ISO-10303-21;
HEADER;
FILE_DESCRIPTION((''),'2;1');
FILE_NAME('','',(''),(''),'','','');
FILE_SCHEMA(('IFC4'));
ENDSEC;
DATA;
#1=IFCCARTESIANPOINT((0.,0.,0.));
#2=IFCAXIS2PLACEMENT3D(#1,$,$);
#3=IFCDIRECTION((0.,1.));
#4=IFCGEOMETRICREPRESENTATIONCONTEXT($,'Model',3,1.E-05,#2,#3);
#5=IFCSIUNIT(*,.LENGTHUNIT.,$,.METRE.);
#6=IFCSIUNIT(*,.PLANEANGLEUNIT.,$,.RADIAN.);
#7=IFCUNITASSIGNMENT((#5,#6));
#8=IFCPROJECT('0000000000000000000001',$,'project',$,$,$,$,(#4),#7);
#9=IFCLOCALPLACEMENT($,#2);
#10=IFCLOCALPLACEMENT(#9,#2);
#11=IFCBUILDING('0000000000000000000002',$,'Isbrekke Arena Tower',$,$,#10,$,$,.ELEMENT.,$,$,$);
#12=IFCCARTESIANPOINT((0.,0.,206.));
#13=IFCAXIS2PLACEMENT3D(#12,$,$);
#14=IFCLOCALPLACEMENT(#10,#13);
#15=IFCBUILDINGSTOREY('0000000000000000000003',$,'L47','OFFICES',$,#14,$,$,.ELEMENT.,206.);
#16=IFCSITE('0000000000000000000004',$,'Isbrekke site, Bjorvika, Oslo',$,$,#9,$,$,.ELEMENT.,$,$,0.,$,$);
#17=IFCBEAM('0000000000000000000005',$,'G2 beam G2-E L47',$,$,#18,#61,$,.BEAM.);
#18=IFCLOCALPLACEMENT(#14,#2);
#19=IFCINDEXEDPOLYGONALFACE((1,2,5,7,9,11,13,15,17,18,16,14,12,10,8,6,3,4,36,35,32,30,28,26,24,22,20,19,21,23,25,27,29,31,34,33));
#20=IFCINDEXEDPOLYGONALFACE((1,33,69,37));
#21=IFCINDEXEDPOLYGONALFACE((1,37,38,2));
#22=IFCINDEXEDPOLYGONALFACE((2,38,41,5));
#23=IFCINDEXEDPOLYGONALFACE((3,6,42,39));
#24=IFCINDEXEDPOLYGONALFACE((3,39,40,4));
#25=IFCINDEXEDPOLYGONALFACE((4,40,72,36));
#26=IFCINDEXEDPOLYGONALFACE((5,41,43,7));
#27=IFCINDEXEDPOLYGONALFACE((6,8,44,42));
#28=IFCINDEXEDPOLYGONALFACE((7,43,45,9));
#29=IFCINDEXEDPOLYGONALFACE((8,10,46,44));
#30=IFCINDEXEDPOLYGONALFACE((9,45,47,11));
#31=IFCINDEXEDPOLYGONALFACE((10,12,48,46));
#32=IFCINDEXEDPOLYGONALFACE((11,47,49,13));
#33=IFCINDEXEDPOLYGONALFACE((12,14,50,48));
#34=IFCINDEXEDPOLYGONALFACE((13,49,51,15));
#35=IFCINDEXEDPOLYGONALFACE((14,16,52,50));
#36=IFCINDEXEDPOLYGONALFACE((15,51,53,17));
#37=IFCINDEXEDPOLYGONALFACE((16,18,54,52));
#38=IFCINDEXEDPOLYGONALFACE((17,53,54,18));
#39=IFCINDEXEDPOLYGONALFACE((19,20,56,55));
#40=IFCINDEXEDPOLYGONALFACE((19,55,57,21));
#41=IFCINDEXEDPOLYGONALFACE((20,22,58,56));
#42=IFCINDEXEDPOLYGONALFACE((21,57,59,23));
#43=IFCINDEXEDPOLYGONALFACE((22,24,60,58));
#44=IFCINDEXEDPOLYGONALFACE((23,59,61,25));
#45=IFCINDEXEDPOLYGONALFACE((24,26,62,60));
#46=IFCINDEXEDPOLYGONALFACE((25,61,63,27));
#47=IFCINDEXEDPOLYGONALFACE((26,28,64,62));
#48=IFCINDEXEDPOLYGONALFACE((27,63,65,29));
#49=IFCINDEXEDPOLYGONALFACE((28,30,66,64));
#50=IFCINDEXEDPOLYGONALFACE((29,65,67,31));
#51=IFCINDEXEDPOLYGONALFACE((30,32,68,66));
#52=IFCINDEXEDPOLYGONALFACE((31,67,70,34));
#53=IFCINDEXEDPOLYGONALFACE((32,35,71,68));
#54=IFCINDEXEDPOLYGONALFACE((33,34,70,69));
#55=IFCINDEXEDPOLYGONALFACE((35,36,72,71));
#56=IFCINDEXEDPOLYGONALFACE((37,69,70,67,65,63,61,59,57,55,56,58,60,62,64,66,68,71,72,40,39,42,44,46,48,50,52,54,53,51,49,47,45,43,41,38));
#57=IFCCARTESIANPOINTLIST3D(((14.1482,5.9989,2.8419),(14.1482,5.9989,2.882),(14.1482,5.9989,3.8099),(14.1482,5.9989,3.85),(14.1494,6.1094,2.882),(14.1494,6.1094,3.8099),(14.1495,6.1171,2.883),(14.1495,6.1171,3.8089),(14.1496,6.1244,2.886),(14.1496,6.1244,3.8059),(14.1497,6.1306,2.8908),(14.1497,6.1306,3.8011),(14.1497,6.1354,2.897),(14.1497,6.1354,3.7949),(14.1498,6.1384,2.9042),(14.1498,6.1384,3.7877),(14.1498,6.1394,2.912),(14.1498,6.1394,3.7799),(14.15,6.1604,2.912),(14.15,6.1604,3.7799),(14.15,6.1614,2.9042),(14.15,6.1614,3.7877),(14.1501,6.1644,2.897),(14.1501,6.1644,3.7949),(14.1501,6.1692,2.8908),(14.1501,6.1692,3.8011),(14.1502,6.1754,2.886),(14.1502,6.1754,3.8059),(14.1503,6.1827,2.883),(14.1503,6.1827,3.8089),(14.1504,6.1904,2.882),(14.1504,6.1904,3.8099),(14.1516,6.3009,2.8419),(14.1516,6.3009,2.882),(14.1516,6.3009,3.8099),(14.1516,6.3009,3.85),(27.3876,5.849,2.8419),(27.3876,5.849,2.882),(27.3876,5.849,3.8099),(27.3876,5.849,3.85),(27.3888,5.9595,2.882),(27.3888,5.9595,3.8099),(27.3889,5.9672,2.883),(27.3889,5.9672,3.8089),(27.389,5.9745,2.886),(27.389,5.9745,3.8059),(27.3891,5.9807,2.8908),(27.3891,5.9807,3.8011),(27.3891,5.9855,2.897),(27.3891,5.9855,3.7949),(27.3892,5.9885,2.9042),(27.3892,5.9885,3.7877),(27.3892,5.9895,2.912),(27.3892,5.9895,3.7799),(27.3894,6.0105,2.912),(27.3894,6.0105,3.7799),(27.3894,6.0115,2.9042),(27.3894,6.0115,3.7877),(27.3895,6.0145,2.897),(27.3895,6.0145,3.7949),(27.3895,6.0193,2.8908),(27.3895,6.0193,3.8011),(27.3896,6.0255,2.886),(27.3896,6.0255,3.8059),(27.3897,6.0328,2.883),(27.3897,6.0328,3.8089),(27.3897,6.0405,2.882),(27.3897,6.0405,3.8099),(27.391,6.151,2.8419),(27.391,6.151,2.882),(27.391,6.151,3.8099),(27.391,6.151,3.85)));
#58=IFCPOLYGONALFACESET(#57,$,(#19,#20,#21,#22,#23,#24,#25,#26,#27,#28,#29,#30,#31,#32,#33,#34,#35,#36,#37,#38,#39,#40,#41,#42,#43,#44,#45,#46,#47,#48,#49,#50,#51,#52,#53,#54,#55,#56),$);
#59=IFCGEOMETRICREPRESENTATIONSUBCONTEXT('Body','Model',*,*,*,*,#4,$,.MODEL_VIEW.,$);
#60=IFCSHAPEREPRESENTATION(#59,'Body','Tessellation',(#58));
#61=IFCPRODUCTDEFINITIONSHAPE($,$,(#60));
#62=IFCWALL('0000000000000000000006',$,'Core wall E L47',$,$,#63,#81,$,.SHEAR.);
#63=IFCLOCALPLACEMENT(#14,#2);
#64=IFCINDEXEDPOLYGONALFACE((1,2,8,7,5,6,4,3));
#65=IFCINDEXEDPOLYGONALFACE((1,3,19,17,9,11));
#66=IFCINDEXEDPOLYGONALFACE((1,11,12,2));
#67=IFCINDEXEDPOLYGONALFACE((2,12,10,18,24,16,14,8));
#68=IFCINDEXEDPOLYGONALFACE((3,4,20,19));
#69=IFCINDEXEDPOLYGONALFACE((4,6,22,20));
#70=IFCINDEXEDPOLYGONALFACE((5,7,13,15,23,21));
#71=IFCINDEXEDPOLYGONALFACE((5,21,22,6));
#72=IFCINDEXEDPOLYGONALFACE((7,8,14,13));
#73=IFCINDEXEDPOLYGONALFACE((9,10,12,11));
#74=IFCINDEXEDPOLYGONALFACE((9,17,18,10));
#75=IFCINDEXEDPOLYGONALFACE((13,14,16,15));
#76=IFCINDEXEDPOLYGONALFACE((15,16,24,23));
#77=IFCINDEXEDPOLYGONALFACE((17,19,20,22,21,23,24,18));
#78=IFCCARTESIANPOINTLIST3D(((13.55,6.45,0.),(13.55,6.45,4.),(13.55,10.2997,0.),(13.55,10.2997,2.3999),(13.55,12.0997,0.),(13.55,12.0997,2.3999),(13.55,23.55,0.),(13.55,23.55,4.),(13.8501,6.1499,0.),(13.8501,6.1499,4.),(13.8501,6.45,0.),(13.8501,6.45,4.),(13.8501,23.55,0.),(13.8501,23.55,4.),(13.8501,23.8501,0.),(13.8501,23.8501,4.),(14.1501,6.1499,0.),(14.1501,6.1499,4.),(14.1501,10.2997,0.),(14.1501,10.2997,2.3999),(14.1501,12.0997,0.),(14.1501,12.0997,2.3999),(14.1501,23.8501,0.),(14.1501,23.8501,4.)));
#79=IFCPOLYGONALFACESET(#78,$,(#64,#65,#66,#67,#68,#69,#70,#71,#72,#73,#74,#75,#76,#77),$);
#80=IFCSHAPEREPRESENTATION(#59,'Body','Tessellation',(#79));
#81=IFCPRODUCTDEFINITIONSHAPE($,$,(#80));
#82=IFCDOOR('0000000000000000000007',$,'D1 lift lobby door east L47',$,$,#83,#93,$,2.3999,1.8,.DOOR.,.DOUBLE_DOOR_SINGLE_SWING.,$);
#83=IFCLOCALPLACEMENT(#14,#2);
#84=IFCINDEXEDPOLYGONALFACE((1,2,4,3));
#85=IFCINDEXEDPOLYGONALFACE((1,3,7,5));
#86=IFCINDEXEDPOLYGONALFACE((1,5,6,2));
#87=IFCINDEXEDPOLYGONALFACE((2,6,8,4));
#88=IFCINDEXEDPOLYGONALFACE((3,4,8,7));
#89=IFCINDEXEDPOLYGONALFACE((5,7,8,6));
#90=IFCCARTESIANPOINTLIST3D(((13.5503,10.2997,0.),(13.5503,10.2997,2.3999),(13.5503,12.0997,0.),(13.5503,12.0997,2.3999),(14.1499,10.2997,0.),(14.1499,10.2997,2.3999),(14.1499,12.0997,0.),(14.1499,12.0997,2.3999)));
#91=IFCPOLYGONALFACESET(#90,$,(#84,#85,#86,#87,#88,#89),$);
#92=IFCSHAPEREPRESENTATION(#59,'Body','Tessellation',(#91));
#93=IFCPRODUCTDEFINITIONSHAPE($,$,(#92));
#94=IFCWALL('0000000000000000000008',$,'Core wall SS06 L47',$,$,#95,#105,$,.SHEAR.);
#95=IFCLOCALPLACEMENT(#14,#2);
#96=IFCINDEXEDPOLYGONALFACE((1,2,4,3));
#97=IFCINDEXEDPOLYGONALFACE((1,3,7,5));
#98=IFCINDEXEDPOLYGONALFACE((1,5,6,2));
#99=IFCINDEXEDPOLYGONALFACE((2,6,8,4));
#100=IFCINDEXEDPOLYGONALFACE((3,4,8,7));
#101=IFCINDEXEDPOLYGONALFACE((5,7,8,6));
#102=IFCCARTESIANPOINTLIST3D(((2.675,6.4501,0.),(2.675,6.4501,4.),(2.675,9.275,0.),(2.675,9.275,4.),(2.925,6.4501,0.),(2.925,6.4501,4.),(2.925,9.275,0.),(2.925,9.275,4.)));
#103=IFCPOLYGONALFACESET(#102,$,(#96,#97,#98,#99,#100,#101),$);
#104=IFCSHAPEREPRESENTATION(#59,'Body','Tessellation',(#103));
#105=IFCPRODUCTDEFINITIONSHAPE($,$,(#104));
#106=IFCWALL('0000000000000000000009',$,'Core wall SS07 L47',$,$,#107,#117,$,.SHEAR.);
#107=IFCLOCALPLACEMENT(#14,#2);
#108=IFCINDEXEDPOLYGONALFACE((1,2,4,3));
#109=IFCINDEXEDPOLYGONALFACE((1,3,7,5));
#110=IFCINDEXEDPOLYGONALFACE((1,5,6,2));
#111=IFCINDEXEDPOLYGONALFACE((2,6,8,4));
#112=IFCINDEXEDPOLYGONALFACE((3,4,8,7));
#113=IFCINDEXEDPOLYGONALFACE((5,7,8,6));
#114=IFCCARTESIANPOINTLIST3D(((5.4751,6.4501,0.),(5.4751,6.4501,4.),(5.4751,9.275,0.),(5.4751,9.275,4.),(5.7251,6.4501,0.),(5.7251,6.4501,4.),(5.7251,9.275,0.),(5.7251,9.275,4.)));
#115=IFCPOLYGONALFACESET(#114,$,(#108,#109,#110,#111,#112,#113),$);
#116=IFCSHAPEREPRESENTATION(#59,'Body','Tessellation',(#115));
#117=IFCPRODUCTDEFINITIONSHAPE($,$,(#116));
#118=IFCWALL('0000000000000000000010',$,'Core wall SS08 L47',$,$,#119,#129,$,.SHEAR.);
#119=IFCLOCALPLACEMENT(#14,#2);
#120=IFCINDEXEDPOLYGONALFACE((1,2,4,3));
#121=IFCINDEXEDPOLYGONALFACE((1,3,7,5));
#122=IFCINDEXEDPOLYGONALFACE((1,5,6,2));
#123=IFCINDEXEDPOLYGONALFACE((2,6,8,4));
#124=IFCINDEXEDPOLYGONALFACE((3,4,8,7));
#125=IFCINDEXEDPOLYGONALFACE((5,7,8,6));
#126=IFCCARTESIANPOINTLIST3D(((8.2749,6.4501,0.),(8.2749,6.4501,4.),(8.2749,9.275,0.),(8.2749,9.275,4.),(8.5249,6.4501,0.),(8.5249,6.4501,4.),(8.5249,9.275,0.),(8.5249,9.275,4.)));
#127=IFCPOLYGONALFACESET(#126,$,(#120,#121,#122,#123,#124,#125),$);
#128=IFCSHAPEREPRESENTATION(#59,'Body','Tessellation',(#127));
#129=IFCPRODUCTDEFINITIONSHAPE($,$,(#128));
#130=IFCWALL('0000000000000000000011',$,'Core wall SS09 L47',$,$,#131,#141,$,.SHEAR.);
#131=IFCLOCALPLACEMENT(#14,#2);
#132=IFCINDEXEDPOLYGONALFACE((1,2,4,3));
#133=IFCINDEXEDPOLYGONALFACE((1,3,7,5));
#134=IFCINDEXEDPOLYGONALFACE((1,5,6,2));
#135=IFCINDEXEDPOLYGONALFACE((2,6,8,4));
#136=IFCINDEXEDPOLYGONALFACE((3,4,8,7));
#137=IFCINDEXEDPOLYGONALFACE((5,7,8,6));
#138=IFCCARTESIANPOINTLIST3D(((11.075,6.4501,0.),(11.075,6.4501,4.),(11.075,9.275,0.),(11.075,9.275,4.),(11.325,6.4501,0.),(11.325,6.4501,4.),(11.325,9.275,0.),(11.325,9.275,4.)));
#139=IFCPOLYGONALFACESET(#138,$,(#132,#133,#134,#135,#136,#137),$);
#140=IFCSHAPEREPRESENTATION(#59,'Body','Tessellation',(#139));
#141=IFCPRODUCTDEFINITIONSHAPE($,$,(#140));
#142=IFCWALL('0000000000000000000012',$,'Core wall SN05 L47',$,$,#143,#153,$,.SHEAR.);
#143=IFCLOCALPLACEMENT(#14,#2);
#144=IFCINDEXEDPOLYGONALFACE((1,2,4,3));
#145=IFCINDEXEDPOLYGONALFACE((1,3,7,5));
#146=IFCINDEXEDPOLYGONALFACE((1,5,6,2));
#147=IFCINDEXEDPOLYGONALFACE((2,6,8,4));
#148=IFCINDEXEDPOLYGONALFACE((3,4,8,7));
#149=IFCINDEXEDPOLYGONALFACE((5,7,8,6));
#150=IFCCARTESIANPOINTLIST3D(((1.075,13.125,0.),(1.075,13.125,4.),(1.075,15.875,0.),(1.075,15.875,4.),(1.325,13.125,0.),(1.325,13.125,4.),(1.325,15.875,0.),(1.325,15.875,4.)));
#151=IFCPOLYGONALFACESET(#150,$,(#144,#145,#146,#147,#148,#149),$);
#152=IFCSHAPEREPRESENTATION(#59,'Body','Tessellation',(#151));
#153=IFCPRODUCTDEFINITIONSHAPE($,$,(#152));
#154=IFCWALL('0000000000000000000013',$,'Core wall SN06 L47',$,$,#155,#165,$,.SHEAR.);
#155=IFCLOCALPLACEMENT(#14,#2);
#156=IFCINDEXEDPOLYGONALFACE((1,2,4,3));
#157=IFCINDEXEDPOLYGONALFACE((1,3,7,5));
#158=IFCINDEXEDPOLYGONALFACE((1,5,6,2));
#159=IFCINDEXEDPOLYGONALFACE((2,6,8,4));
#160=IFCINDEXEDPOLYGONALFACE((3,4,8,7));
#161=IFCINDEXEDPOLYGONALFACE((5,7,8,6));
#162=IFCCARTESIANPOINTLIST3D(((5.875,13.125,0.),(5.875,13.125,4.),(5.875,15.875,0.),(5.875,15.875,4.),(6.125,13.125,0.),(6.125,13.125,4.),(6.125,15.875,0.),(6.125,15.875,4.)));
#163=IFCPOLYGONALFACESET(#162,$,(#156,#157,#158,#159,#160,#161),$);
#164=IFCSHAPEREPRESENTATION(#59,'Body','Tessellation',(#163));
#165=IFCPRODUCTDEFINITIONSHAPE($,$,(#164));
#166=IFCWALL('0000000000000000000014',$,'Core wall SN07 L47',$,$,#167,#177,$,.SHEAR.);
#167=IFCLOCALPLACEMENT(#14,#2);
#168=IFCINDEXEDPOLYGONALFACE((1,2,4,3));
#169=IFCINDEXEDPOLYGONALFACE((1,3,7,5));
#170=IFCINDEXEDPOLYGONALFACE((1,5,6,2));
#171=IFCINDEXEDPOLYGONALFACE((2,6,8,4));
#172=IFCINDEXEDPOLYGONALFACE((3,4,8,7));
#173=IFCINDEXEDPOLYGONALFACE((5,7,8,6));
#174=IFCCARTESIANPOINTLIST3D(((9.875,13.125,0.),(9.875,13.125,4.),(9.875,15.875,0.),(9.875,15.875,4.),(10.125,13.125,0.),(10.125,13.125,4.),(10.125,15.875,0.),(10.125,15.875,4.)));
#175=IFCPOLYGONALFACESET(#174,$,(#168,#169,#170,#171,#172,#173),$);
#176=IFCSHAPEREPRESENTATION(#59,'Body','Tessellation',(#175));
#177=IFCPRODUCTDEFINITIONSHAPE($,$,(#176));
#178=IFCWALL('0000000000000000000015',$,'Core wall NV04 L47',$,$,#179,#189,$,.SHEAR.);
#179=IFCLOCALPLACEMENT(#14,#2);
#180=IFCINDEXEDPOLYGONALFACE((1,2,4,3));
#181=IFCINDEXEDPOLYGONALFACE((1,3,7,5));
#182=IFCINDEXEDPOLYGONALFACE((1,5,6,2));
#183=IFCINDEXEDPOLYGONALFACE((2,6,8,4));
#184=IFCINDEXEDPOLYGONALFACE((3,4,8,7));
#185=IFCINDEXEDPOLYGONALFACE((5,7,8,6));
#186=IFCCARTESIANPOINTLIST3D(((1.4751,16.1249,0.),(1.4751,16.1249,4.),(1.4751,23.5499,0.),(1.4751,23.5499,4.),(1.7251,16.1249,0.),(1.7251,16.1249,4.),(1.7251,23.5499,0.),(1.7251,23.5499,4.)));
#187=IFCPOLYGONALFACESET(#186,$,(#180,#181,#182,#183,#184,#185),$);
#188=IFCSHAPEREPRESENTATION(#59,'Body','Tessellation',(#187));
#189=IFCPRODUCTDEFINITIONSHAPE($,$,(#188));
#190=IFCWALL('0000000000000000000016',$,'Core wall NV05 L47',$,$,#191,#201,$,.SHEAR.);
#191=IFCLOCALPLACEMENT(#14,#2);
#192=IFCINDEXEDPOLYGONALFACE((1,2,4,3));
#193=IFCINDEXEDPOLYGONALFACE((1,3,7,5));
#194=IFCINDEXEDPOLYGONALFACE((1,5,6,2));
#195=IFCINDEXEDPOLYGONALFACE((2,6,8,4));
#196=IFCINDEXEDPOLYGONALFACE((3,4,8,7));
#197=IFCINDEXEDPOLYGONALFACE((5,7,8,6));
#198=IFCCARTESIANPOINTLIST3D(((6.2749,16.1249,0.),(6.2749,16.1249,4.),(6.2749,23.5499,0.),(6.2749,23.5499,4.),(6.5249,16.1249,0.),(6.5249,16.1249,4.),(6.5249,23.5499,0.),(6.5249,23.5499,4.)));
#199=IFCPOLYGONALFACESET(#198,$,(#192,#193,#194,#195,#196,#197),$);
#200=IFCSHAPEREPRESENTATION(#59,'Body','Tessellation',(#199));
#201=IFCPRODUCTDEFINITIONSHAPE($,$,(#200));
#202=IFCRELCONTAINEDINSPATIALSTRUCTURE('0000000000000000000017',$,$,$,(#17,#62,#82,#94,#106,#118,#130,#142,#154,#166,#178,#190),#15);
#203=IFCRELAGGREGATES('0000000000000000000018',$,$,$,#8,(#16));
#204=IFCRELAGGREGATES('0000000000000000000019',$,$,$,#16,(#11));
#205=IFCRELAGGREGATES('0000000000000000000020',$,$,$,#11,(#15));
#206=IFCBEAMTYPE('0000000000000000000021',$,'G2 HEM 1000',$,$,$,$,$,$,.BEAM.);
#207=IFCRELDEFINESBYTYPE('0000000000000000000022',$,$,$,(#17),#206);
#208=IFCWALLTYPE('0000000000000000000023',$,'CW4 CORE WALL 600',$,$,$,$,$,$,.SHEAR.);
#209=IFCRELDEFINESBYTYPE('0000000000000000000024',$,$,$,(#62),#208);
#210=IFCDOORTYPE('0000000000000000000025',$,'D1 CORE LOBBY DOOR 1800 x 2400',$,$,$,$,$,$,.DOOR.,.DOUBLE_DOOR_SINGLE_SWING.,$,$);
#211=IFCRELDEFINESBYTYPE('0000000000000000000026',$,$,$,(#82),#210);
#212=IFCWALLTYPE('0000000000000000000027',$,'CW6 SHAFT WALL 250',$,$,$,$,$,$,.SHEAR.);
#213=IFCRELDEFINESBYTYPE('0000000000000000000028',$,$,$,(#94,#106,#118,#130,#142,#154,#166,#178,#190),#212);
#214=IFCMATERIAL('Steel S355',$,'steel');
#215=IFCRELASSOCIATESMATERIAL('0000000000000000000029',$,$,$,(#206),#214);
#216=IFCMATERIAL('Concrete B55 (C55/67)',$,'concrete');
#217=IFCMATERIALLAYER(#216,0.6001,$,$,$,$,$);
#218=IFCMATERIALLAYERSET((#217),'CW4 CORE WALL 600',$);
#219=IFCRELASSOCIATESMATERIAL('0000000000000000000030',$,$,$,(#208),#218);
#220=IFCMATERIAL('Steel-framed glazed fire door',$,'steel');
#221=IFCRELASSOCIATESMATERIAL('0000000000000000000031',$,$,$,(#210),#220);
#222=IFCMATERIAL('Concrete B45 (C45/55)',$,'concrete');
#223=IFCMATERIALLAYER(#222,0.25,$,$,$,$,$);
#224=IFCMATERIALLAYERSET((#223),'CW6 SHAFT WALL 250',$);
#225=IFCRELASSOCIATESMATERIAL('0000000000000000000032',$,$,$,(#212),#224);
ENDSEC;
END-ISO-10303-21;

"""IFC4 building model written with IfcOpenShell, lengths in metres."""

from ifc_helpers import new_model, si_unit, direction, frame, frame_2d, origin, origin_2d, place, context, subcontext, project, spatial, polyline, rectangle, i_section, outline, extrude, material, layer, layer_set, material_profile, profile_set, type_object, element, fill, save


model = new_model("IFC4")

# Units and contexts
model_context = context("Model", 3, precision=1e-05, world=origin(), true_north=direction((0.0, 1.0)))
body_context = subcontext(model_context, "Body", "Model", "MODEL_VIEW")
ifc_project = project(units=[si_unit("LENGTHUNIT", "METRE"), si_unit("PLANEANGLEUNIT", "RADIAN")], contexts=[model_context])

# Site, building, storey
site_placement = place(None, origin())
site = spatial("IfcSite", under=ifc_project, at=site_placement, Name="Isbrekke site, Bjorvika, Oslo", CompositionType="ELEMENT", RefElevation=0.0)
building_placement = place(site_placement, origin())
building = spatial("IfcBuilding", under=site, at=building_placement, Name="Isbrekke Arena Tower", CompositionType="ELEMENT")
storey_placement = place(building_placement, frame((0.0, 0.0, 206.0)))
storey = spatial("IfcBuildingStorey", under=building, at=storey_placement, Name="L47", Description="OFFICES", CompositionType="ELEMENT", Elevation=206.0)

# Beam
ifc_material_1 = material(Name="Steel S355", Category="steel")
ifc_material_profile = material_profile(ifc_material_1, i_section(OverallWidth=0.302, OverallDepth=1.0081, WebThickness=0.021, FlangeThickness=0.04, FilletRadius=0.03, at=origin_2d()), Name="HEM 1000")
ifc_profile_set = profile_set([ifc_material_profile], Name="Steel S355")
beam_type = type_object("IfcBeamType", Name="G2 HEM 1000", PredefinedType="BEAM", material=ifc_profile_set)
beam_placement = place(storey_placement, frame((14.1499, 6.1499, 3.3459), z_axis=(0.999936, -0.011322, 0.0), x_axis=(0.011322, 0.999936, 0.0)))
element("IfcBeam", 1, at=beam_placement, inside=storey, type_object=beam_type, Name="G2 beam G2-E L47", PredefinedType="BEAM", context=body_context, shape_type="SweptSolid", body=[
    extrude(i_section(OverallWidth=0.302, OverallDepth=1.0081, WebThickness=0.021, FlangeThickness=0.04, FilletRadius=0.03, at=origin_2d()), origin(), (0.0, 0.0, 1.0), 13.2402),
])

# Wall, opening, door
ifc_material_2 = material(Name="Concrete B55 (C55/67)", Category="concrete")
ifc_layer_1 = layer(ifc_material_2, 0.6001)
ifc_layer_set_1 = layer_set([ifc_layer_1], Name="CW4 CORE WALL 600")
wall_type_1 = type_object("IfcWallType", Name="CW4 CORE WALL 600", PredefinedType="SHEAR", material=ifc_layer_set_1)
wall_1_placement = place(storey_placement, frame((13.8501, 6.1499, 0.0), z_axis=(0.0, 0.0, 1.0), x_axis=(0.0, 1.0, 0.0)))
wall_1 = element("IfcWall", 2, at=wall_1_placement, inside=storey, type_object=wall_type_1, Name="Core wall E L47", PredefinedType="SHEAR", context=body_context, shape_type="SweptSolid", body=[
    extrude(outline(polyline([(0.0, -0.3), (17.7002, -0.3), (17.7002, 0.0), (17.4001, 0.0), (17.4001, 0.3), (0.3, 0.3), (0.3, 0.0), (0.0, 0.0), (0.0, -0.3)])), origin(), (0.0, 0.0, 1.0), 4.0),
])
opening_1_placement = place(wall_1_placement, frame((4.1499, 0.0, 0.0)))
opening_1 = element("IfcOpeningElement", 3, at=opening_1_placement, cuts=wall_1, PredefinedType="OPENING", context=body_context, shape_type="SweptSolid", body=[
    extrude(rectangle(XDim=1.8, YDim=2.3999, at=frame_2d((0.8999, 1.2))), frame((0.0, 0.3149, 0.0), z_axis=(0.0, -1.0, 0.0), x_axis=(1.0, 0.0, 0.0)), (0.0, 0.0, 1.0), 0.6299),
])
ifc_material_3 = material(Name="Steel-framed glazed fire door", Category="steel")
door_type_1 = type_object("IfcDoorType", Name="D1 CORE LOBBY DOOR 1800 x 2400", OperationType="DOUBLE_DOOR_SINGLE_SWING", PredefinedType="DOOR", material=ifc_material_3)
door_1_placement = place(opening_1_placement, origin())
door_1 = element("IfcDoor", 4, at=door_1_placement, inside=storey, type_object=door_type_1, Name="D1 lift lobby door east L47", OperationType="DOUBLE_DOOR_SINGLE_SWING", OverallHeight=2.3999, OverallWidth=1.8, PredefinedType="DOOR", context=body_context, shape_type="SweptSolid", body=[
    extrude(rectangle(XDim=1.8, YDim=2.3999, at=frame_2d((0.8999, 1.2))), frame((0.0, 0.2998, 0.0), z_axis=(0.0, -1.0, 0.0), x_axis=(1.0, 0.0, 0.0)), (0.0, 0.0, 1.0), 0.5996),
])
fill(opening_1, door_1)

# Walls
ifc_material_4 = material(Name="Concrete B45 (C45/55)", Category="concrete")
ifc_layer_2 = layer(ifc_material_4, 0.25)
ifc_layer_set_2 = layer_set([ifc_layer_2], Name="CW6 SHAFT WALL 250")
wall_type_2 = type_object("IfcWallType", Name="CW6 SHAFT WALL 250", PredefinedType="SHEAR", material=ifc_layer_set_2)
for number, where, z_axis, x_axis, name in (
    (5, (2.8, 6.45, 0.0), (0.0, 0.0, 1.0), (0.0, 1.0, 0.0), "Core wall SS06 L47"),
    (6, (5.6001, 6.45, 0.0), (0.0, 0.0, 1.0), (0.0, 1.0, 0.0), "Core wall SS07 L47"),
    (7, (8.3999, 6.45, 0.0), (0.0, 0.0, 1.0), (0.0, 1.0, 0.0), "Core wall SS08 L47"),
    (8, (11.2, 6.45, 0.0), (0.0, 0.0, 1.0), (0.0, 1.0, 0.0), "Core wall SS09 L47"),
):
    element("IfcWall", number, at=place(storey_placement, frame(where, z_axis=z_axis, x_axis=x_axis)), inside=storey, type_object=wall_type_2, Name=name, PredefinedType="SHEAR", context=body_context, shape_type="SweptSolid", body=[
        extrude(rectangle(XDim=2.825, YDim=0.25, at=frame_2d((1.4126, 0.0))), origin(), (0.0, 0.0, 1.0), 4.0),
    ])
for number, where, z_axis, x_axis, name in (
    (9, (1.2, 13.125, 0.0), (0.0, 0.0, 1.0), (0.0, 1.0, 0.0), "Core wall SN05 L47"),
    (10, (6.0, 13.125, 0.0), (0.0, 0.0, 1.0), (0.0, 1.0, 0.0), "Core wall SN06 L47"),
    (11, (10.0, 13.125, 0.0), (0.0, 0.0, 1.0), (0.0, 1.0, 0.0), "Core wall SN07 L47"),
):
    element("IfcWall", number, at=place(storey_placement, frame(where, z_axis=z_axis, x_axis=x_axis)), inside=storey, type_object=wall_type_2, Name=name, PredefinedType="SHEAR", context=body_context, shape_type="SweptSolid", body=[
        extrude(rectangle(XDim=2.75, YDim=0.25, at=frame_2d((1.375, 0.0))), origin(), (0.0, 0.0, 1.0), 4.0),
    ])
for number, where, z_axis, x_axis, name in (
    (12, (1.6001, 16.125, 0.0), (0.0, 0.0, 1.0), (0.0, 1.0, 0.0), "Core wall NV04 L47"),
    (13, (6.3999, 16.125, 0.0), (0.0, 0.0, 1.0), (0.0, 1.0, 0.0), "Core wall NV05 L47"),
):
    element("IfcWall", number, at=place(storey_placement, frame(where, z_axis=z_axis, x_axis=x_axis)), inside=storey, type_object=wall_type_2, Name=name, PredefinedType="SHEAR", context=body_context, shape_type="SweptSolid", body=[
        extrude(rectangle(XDim=7.425, YDim=0.25, at=frame_2d((3.7124, 0.0))), origin(), (0.0, 0.0, 1.0), 4.0),
    ])

save(model, "model.ifc")
